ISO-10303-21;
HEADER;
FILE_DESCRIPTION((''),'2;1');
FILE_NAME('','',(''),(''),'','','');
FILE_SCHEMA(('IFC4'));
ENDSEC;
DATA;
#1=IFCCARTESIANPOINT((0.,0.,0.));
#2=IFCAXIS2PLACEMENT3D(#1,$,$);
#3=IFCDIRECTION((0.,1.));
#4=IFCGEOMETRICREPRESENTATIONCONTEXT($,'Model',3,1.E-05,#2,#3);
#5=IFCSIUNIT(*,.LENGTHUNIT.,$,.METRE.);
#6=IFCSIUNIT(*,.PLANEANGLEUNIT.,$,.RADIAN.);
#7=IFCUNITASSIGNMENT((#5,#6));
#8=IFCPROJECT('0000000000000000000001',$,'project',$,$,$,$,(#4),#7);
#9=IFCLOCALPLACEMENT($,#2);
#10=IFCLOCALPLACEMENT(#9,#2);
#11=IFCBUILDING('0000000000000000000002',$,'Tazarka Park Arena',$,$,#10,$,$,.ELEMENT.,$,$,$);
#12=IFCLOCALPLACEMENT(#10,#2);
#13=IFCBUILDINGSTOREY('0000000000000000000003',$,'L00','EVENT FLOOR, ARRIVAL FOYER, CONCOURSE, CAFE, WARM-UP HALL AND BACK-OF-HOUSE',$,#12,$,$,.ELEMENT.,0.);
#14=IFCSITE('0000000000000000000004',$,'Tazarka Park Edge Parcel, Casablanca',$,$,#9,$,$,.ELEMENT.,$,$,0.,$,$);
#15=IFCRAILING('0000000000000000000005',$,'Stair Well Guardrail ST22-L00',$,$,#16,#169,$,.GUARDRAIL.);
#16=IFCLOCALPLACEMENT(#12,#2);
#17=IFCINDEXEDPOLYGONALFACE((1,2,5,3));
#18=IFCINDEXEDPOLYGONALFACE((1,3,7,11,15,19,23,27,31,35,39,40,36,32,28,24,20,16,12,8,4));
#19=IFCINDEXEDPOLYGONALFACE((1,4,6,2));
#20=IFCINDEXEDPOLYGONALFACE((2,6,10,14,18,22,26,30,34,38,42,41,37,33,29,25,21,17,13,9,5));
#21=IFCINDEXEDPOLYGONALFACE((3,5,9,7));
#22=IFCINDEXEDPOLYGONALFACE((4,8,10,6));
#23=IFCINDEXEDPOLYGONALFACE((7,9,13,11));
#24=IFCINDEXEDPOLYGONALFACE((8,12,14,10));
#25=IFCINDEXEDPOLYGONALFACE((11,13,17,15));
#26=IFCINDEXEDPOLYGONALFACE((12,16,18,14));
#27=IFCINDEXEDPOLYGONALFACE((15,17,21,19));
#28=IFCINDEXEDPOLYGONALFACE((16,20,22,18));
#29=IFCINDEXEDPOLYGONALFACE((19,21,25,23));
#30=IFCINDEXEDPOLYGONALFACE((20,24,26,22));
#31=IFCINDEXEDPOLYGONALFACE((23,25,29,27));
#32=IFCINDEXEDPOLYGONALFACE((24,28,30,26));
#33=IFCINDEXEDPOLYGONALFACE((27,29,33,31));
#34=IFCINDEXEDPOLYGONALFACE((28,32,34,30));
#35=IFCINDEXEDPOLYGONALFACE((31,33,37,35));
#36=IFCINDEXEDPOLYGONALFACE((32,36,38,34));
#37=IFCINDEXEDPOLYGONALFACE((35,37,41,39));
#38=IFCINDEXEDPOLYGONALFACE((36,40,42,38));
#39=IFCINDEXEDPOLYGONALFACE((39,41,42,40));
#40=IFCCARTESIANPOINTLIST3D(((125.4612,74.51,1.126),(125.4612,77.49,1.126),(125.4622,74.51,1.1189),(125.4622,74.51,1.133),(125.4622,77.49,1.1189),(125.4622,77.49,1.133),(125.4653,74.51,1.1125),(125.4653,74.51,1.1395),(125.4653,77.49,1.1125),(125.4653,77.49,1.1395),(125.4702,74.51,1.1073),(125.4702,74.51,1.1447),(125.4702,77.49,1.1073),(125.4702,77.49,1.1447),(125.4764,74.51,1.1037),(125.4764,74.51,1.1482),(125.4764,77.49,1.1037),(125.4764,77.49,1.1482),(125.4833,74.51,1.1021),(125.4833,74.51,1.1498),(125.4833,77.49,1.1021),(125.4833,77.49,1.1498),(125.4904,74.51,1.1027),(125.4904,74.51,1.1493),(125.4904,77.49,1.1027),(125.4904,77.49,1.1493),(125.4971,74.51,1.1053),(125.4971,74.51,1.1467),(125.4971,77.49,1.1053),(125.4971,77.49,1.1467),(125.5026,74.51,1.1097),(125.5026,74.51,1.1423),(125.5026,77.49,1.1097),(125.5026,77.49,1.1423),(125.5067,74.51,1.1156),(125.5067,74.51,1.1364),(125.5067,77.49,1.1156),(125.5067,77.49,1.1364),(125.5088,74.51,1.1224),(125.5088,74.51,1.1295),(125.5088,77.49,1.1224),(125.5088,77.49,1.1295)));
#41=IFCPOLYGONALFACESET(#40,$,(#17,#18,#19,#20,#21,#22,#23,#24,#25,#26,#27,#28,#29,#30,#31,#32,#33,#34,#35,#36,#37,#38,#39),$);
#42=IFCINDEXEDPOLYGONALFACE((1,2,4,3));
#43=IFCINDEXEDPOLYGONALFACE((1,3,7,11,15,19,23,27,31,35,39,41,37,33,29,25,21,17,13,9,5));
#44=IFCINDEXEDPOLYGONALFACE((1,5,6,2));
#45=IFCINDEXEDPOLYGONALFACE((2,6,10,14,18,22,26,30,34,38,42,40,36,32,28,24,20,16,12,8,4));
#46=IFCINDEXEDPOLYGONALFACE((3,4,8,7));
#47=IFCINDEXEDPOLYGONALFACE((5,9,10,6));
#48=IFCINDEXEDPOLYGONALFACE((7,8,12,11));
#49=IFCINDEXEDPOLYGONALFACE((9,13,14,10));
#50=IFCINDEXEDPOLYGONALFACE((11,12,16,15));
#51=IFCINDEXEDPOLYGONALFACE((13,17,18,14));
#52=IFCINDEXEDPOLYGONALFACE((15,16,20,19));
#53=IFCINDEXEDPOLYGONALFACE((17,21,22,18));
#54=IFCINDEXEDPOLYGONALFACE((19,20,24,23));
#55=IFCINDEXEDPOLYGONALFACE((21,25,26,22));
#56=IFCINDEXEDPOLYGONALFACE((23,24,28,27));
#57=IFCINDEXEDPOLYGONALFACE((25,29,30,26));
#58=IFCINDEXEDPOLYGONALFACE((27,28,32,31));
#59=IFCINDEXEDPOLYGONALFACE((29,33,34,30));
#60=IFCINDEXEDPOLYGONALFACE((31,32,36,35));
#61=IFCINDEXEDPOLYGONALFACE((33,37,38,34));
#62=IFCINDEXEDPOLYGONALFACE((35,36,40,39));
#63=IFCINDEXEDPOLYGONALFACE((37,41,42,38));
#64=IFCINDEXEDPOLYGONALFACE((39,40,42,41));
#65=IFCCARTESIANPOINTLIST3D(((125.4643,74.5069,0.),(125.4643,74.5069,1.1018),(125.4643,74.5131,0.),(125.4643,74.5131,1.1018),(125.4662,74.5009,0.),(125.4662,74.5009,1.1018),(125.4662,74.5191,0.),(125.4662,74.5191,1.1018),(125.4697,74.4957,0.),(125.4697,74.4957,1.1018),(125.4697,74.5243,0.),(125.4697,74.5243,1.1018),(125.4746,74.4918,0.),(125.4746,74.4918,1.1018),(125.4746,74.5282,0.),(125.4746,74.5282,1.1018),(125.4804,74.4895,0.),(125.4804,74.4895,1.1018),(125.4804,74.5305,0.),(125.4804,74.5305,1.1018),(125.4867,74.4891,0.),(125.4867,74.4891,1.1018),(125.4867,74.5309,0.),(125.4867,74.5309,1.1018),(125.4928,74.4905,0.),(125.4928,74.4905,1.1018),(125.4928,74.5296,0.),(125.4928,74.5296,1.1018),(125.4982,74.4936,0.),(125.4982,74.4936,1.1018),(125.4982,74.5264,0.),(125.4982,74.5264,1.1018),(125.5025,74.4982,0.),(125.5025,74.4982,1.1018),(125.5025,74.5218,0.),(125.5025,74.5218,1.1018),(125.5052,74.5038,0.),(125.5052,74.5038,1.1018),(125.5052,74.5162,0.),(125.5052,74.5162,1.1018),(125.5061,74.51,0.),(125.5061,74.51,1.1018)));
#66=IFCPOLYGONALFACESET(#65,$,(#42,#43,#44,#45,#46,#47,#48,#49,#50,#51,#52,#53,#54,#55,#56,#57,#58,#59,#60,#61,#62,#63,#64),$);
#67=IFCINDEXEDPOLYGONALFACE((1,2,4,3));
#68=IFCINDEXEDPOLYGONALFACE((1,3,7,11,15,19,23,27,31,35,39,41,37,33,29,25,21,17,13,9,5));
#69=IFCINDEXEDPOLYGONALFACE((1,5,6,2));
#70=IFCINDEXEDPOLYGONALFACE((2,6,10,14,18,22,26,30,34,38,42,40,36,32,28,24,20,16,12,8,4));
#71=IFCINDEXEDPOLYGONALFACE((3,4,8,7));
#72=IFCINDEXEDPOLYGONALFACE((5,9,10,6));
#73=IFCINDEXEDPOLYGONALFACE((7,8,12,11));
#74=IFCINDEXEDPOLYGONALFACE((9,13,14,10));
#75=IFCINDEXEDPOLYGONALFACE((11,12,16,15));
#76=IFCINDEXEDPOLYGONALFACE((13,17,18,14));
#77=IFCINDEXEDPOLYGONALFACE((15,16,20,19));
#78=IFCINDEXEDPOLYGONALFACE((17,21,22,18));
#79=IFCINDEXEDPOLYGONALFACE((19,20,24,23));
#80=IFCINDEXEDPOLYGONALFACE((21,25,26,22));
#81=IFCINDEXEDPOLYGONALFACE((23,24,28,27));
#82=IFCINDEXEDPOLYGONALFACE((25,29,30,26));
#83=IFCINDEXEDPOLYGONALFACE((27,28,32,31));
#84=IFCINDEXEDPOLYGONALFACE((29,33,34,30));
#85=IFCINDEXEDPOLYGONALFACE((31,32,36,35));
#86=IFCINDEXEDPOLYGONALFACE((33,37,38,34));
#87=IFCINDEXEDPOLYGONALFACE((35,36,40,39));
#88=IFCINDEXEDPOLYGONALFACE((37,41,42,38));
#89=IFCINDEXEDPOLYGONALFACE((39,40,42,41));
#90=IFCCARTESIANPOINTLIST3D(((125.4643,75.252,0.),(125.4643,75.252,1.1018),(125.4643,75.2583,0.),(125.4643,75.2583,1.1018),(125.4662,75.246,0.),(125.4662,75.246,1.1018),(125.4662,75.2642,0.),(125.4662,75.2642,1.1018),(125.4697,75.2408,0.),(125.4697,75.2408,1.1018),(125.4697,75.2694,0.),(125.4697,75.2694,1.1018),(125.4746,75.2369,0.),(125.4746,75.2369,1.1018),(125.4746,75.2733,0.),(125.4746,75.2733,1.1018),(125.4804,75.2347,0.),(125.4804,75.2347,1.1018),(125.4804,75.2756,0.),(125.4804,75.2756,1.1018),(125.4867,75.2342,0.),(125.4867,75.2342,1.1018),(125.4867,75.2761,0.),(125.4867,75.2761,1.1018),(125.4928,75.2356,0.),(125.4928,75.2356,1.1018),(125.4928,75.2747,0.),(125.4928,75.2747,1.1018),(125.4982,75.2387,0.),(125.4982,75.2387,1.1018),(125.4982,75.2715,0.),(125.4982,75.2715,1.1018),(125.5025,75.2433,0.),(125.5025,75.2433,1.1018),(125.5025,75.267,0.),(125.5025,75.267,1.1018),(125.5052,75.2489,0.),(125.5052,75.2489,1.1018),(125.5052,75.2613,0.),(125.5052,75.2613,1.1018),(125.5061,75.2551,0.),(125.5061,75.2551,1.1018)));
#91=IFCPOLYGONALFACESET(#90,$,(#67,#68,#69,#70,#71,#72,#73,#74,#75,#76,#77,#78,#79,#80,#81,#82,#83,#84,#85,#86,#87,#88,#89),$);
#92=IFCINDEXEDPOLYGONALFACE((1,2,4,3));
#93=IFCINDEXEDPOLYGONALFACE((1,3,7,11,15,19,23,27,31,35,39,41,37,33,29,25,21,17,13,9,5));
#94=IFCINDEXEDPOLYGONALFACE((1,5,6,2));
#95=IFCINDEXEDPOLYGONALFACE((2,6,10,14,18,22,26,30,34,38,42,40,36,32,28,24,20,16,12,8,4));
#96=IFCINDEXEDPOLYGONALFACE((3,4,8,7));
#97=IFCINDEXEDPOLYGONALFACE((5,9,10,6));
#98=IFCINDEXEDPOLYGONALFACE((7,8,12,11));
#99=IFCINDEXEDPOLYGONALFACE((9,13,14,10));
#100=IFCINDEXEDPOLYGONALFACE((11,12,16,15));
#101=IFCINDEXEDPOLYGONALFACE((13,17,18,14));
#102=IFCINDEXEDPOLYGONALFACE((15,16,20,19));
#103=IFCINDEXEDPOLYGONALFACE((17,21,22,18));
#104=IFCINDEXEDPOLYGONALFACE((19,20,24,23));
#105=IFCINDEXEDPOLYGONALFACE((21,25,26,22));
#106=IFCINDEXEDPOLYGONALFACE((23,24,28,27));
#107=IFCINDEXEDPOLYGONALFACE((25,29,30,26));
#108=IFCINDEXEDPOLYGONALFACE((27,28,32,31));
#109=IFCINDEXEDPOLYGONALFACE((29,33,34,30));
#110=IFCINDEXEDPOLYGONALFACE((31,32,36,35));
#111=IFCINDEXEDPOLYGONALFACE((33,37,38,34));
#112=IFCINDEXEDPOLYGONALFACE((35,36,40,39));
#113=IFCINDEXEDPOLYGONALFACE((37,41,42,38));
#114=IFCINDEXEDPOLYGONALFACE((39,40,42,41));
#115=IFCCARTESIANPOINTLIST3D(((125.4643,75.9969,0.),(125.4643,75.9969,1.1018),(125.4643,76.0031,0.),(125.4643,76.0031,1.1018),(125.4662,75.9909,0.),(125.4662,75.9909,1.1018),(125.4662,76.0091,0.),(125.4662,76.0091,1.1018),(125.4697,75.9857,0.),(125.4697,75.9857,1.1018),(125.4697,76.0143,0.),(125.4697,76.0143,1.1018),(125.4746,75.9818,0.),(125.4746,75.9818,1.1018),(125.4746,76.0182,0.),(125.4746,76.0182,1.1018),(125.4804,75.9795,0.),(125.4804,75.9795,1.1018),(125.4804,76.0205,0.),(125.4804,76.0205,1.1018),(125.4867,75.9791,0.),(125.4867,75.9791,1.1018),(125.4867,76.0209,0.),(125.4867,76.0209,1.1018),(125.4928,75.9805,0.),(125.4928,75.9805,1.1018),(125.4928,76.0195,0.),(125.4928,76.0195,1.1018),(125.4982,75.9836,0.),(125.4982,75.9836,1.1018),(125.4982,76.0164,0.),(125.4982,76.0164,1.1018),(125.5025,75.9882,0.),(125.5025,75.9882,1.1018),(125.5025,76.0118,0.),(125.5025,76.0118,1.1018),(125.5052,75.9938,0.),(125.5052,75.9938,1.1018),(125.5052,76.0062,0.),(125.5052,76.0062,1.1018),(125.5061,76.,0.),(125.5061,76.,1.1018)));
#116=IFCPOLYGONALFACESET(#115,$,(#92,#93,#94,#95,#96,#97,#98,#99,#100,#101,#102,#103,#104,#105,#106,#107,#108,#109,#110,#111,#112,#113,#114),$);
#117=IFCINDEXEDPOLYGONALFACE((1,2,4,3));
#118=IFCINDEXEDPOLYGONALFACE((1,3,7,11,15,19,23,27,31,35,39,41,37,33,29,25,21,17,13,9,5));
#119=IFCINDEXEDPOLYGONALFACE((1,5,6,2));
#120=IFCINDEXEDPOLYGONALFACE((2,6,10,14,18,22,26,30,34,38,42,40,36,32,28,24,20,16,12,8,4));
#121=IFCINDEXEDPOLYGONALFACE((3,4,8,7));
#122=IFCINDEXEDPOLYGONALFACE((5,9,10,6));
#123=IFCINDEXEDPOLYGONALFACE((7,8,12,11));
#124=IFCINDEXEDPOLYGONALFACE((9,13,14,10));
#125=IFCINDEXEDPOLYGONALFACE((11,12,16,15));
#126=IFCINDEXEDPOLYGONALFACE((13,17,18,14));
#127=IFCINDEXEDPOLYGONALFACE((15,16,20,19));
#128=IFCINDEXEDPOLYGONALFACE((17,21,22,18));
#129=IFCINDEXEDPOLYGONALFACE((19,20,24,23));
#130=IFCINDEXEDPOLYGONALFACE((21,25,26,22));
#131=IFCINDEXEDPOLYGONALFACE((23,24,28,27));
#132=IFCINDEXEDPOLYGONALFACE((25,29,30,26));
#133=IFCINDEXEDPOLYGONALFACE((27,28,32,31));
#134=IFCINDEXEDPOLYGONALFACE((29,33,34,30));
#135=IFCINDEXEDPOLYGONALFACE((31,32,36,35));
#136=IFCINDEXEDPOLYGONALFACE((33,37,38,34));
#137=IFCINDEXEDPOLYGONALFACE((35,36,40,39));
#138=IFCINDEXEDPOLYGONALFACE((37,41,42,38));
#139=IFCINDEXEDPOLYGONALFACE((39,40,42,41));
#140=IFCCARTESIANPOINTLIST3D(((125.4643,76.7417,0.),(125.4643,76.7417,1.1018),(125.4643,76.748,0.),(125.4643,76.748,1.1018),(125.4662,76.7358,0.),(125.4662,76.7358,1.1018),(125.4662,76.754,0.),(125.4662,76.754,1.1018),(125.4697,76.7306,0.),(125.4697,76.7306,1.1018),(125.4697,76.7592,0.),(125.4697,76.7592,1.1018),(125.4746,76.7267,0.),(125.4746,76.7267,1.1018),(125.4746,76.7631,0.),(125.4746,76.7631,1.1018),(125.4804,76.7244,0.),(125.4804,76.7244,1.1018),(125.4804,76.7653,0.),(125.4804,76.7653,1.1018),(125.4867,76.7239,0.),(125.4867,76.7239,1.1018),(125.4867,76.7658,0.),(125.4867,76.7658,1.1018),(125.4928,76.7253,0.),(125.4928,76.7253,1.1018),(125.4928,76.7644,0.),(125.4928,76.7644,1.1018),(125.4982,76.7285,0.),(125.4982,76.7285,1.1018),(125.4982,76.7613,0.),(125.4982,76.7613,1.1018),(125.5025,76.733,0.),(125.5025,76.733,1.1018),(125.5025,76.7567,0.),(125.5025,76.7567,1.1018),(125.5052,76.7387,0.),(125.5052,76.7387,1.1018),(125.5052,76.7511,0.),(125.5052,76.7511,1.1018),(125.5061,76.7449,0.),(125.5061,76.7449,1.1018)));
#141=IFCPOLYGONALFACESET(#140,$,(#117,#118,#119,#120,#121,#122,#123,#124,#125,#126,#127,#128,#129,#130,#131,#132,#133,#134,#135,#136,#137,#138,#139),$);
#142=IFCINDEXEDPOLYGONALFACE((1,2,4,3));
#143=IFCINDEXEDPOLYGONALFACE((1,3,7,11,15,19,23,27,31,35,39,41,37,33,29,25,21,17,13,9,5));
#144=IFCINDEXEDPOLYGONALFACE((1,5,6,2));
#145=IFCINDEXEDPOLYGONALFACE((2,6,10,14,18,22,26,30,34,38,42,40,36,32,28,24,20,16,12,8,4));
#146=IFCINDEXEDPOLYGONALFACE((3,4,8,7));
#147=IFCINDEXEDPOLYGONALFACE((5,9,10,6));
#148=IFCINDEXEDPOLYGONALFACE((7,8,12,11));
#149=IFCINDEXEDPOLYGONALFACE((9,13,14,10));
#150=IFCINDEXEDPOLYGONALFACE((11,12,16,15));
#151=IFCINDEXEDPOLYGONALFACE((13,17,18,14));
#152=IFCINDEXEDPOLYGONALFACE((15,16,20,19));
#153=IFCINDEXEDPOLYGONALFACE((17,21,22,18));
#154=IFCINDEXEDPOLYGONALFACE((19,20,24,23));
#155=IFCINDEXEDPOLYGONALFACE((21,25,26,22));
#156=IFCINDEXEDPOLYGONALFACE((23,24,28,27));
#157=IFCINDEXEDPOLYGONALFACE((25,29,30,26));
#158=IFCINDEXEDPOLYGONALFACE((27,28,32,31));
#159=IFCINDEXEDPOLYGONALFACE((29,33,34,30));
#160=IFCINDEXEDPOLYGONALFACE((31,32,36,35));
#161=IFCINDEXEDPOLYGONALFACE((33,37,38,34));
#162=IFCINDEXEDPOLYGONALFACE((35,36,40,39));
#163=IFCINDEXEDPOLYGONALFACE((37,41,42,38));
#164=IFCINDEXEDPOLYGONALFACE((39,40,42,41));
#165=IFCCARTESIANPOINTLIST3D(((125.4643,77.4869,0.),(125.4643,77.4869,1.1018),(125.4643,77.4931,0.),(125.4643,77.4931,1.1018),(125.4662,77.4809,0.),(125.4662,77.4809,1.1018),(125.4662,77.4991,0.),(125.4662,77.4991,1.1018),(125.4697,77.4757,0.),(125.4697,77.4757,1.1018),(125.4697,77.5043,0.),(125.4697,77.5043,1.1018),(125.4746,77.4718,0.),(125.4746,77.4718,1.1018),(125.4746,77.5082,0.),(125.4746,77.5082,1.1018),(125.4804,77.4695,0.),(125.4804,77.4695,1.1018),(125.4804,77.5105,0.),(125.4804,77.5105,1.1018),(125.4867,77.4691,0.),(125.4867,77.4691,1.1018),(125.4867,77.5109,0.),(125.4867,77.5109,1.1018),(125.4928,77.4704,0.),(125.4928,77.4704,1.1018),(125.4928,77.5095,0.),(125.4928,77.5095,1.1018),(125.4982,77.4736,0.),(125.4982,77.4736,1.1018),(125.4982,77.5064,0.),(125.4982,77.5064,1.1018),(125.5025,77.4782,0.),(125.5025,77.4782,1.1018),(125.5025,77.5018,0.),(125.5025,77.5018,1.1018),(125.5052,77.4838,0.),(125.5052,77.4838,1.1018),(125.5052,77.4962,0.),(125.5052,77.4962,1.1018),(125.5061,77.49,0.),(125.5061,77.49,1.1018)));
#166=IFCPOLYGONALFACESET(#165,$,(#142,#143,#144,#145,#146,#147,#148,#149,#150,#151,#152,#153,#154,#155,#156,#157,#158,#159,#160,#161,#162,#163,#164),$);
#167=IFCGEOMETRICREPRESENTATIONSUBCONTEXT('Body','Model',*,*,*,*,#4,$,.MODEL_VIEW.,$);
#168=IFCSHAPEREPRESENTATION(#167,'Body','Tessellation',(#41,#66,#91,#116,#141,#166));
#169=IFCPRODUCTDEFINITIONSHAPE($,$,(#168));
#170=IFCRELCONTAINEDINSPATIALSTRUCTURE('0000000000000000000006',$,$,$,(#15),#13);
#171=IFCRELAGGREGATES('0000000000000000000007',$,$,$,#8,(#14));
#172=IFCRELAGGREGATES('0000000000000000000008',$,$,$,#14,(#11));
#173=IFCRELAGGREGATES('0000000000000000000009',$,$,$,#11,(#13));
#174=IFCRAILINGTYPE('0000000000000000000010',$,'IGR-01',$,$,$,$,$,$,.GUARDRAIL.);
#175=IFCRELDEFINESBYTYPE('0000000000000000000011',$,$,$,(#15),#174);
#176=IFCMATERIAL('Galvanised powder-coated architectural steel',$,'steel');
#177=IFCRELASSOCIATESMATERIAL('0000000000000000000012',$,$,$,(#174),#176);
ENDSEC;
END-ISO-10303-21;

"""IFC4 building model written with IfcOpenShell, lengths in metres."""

from ifc_helpers import new_model, si_unit, direction, frame, origin, origin_2d, place, context, subcontext, project, spatial, circle, extrude, material, type_object, element, save


model = new_model("IFC4")

# Units and contexts
model_context = context("Model", 3, precision=1e-05, world=origin(), true_north=direction((0.0, 1.0)))
body_context = subcontext(model_context, "Body", "Model", "MODEL_VIEW")
ifc_project = project(units=[si_unit("LENGTHUNIT", "METRE"), si_unit("PLANEANGLEUNIT", "RADIAN")], contexts=[model_context])

# Site, building, storey
site_placement = place(None, origin())
site = spatial("IfcSite", under=ifc_project, at=site_placement, Name="Tazarka Park Edge Parcel, Casablanca", CompositionType="ELEMENT", RefElevation=0.0)
building_placement = place(site_placement, origin())
building = spatial("IfcBuilding", under=site, at=building_placement, Name="Tazarka Park Arena", CompositionType="ELEMENT")
storey_placement = place(building_placement, origin())
storey = spatial("IfcBuildingStorey", under=building, at=storey_placement, Name="L00", Description="EVENT FLOOR, ARRIVAL FOYER, CONCOURSE, CAFE, WARM-UP HALL AND BACK-OF-HOUSE", CompositionType="ELEMENT", Elevation=0.0)

# Railing
ifc_material_1 = material(Name="Galvanised powder-coated architectural steel", Category="steel")
railing_type_1 = type_object("IfcRailingType", Name="IGR-01", PredefinedType="GUARDRAIL", material=ifc_material_1)
for number, where, name in (
    (1, (125.4851, 74.51, 0.0), "Stair Well Guardrail ST22-L00"),
):
    element("IfcRailing", number, at=place(storey_placement, frame(where)), inside=storey, type_object=railing_type_1, Name=name, PredefinedType="GUARDRAIL", context=body_context, shape_type="SweptSolid", body=[
        extrude(circle(Radius=0.0239, at=origin_2d()), frame((0.0, 0.0, 1.126), z_axis=(0.0, 1.0, 0.0), x_axis=(-1.0, 0.0, 0.0)), (0.0, 0.0, 1.0), 2.98),
        extrude(circle(Radius=0.021, at=origin_2d()), origin(), (0.0, 0.0, 1.0), 1.1018),
        extrude(circle(Radius=0.021, at=origin_2d()), frame((0.0, 0.7451, 0.0)), (0.0, 0.0, 1.0), 1.1018),
        extrude(circle(Radius=0.021, at=origin_2d()), frame((0.0, 1.49, 0.0)), (0.0, 0.0, 1.0), 1.1018),
        extrude(circle(Radius=0.021, at=origin_2d()), frame((0.0, 2.2349, 0.0)), (0.0, 0.0, 1.0), 1.1018),
        extrude(circle(Radius=0.021, at=origin_2d()), frame((0.0, 2.98, 0.0)), (0.0, 0.0, 1.0), 1.1018),
    ])

save(model, "model.ifc")
